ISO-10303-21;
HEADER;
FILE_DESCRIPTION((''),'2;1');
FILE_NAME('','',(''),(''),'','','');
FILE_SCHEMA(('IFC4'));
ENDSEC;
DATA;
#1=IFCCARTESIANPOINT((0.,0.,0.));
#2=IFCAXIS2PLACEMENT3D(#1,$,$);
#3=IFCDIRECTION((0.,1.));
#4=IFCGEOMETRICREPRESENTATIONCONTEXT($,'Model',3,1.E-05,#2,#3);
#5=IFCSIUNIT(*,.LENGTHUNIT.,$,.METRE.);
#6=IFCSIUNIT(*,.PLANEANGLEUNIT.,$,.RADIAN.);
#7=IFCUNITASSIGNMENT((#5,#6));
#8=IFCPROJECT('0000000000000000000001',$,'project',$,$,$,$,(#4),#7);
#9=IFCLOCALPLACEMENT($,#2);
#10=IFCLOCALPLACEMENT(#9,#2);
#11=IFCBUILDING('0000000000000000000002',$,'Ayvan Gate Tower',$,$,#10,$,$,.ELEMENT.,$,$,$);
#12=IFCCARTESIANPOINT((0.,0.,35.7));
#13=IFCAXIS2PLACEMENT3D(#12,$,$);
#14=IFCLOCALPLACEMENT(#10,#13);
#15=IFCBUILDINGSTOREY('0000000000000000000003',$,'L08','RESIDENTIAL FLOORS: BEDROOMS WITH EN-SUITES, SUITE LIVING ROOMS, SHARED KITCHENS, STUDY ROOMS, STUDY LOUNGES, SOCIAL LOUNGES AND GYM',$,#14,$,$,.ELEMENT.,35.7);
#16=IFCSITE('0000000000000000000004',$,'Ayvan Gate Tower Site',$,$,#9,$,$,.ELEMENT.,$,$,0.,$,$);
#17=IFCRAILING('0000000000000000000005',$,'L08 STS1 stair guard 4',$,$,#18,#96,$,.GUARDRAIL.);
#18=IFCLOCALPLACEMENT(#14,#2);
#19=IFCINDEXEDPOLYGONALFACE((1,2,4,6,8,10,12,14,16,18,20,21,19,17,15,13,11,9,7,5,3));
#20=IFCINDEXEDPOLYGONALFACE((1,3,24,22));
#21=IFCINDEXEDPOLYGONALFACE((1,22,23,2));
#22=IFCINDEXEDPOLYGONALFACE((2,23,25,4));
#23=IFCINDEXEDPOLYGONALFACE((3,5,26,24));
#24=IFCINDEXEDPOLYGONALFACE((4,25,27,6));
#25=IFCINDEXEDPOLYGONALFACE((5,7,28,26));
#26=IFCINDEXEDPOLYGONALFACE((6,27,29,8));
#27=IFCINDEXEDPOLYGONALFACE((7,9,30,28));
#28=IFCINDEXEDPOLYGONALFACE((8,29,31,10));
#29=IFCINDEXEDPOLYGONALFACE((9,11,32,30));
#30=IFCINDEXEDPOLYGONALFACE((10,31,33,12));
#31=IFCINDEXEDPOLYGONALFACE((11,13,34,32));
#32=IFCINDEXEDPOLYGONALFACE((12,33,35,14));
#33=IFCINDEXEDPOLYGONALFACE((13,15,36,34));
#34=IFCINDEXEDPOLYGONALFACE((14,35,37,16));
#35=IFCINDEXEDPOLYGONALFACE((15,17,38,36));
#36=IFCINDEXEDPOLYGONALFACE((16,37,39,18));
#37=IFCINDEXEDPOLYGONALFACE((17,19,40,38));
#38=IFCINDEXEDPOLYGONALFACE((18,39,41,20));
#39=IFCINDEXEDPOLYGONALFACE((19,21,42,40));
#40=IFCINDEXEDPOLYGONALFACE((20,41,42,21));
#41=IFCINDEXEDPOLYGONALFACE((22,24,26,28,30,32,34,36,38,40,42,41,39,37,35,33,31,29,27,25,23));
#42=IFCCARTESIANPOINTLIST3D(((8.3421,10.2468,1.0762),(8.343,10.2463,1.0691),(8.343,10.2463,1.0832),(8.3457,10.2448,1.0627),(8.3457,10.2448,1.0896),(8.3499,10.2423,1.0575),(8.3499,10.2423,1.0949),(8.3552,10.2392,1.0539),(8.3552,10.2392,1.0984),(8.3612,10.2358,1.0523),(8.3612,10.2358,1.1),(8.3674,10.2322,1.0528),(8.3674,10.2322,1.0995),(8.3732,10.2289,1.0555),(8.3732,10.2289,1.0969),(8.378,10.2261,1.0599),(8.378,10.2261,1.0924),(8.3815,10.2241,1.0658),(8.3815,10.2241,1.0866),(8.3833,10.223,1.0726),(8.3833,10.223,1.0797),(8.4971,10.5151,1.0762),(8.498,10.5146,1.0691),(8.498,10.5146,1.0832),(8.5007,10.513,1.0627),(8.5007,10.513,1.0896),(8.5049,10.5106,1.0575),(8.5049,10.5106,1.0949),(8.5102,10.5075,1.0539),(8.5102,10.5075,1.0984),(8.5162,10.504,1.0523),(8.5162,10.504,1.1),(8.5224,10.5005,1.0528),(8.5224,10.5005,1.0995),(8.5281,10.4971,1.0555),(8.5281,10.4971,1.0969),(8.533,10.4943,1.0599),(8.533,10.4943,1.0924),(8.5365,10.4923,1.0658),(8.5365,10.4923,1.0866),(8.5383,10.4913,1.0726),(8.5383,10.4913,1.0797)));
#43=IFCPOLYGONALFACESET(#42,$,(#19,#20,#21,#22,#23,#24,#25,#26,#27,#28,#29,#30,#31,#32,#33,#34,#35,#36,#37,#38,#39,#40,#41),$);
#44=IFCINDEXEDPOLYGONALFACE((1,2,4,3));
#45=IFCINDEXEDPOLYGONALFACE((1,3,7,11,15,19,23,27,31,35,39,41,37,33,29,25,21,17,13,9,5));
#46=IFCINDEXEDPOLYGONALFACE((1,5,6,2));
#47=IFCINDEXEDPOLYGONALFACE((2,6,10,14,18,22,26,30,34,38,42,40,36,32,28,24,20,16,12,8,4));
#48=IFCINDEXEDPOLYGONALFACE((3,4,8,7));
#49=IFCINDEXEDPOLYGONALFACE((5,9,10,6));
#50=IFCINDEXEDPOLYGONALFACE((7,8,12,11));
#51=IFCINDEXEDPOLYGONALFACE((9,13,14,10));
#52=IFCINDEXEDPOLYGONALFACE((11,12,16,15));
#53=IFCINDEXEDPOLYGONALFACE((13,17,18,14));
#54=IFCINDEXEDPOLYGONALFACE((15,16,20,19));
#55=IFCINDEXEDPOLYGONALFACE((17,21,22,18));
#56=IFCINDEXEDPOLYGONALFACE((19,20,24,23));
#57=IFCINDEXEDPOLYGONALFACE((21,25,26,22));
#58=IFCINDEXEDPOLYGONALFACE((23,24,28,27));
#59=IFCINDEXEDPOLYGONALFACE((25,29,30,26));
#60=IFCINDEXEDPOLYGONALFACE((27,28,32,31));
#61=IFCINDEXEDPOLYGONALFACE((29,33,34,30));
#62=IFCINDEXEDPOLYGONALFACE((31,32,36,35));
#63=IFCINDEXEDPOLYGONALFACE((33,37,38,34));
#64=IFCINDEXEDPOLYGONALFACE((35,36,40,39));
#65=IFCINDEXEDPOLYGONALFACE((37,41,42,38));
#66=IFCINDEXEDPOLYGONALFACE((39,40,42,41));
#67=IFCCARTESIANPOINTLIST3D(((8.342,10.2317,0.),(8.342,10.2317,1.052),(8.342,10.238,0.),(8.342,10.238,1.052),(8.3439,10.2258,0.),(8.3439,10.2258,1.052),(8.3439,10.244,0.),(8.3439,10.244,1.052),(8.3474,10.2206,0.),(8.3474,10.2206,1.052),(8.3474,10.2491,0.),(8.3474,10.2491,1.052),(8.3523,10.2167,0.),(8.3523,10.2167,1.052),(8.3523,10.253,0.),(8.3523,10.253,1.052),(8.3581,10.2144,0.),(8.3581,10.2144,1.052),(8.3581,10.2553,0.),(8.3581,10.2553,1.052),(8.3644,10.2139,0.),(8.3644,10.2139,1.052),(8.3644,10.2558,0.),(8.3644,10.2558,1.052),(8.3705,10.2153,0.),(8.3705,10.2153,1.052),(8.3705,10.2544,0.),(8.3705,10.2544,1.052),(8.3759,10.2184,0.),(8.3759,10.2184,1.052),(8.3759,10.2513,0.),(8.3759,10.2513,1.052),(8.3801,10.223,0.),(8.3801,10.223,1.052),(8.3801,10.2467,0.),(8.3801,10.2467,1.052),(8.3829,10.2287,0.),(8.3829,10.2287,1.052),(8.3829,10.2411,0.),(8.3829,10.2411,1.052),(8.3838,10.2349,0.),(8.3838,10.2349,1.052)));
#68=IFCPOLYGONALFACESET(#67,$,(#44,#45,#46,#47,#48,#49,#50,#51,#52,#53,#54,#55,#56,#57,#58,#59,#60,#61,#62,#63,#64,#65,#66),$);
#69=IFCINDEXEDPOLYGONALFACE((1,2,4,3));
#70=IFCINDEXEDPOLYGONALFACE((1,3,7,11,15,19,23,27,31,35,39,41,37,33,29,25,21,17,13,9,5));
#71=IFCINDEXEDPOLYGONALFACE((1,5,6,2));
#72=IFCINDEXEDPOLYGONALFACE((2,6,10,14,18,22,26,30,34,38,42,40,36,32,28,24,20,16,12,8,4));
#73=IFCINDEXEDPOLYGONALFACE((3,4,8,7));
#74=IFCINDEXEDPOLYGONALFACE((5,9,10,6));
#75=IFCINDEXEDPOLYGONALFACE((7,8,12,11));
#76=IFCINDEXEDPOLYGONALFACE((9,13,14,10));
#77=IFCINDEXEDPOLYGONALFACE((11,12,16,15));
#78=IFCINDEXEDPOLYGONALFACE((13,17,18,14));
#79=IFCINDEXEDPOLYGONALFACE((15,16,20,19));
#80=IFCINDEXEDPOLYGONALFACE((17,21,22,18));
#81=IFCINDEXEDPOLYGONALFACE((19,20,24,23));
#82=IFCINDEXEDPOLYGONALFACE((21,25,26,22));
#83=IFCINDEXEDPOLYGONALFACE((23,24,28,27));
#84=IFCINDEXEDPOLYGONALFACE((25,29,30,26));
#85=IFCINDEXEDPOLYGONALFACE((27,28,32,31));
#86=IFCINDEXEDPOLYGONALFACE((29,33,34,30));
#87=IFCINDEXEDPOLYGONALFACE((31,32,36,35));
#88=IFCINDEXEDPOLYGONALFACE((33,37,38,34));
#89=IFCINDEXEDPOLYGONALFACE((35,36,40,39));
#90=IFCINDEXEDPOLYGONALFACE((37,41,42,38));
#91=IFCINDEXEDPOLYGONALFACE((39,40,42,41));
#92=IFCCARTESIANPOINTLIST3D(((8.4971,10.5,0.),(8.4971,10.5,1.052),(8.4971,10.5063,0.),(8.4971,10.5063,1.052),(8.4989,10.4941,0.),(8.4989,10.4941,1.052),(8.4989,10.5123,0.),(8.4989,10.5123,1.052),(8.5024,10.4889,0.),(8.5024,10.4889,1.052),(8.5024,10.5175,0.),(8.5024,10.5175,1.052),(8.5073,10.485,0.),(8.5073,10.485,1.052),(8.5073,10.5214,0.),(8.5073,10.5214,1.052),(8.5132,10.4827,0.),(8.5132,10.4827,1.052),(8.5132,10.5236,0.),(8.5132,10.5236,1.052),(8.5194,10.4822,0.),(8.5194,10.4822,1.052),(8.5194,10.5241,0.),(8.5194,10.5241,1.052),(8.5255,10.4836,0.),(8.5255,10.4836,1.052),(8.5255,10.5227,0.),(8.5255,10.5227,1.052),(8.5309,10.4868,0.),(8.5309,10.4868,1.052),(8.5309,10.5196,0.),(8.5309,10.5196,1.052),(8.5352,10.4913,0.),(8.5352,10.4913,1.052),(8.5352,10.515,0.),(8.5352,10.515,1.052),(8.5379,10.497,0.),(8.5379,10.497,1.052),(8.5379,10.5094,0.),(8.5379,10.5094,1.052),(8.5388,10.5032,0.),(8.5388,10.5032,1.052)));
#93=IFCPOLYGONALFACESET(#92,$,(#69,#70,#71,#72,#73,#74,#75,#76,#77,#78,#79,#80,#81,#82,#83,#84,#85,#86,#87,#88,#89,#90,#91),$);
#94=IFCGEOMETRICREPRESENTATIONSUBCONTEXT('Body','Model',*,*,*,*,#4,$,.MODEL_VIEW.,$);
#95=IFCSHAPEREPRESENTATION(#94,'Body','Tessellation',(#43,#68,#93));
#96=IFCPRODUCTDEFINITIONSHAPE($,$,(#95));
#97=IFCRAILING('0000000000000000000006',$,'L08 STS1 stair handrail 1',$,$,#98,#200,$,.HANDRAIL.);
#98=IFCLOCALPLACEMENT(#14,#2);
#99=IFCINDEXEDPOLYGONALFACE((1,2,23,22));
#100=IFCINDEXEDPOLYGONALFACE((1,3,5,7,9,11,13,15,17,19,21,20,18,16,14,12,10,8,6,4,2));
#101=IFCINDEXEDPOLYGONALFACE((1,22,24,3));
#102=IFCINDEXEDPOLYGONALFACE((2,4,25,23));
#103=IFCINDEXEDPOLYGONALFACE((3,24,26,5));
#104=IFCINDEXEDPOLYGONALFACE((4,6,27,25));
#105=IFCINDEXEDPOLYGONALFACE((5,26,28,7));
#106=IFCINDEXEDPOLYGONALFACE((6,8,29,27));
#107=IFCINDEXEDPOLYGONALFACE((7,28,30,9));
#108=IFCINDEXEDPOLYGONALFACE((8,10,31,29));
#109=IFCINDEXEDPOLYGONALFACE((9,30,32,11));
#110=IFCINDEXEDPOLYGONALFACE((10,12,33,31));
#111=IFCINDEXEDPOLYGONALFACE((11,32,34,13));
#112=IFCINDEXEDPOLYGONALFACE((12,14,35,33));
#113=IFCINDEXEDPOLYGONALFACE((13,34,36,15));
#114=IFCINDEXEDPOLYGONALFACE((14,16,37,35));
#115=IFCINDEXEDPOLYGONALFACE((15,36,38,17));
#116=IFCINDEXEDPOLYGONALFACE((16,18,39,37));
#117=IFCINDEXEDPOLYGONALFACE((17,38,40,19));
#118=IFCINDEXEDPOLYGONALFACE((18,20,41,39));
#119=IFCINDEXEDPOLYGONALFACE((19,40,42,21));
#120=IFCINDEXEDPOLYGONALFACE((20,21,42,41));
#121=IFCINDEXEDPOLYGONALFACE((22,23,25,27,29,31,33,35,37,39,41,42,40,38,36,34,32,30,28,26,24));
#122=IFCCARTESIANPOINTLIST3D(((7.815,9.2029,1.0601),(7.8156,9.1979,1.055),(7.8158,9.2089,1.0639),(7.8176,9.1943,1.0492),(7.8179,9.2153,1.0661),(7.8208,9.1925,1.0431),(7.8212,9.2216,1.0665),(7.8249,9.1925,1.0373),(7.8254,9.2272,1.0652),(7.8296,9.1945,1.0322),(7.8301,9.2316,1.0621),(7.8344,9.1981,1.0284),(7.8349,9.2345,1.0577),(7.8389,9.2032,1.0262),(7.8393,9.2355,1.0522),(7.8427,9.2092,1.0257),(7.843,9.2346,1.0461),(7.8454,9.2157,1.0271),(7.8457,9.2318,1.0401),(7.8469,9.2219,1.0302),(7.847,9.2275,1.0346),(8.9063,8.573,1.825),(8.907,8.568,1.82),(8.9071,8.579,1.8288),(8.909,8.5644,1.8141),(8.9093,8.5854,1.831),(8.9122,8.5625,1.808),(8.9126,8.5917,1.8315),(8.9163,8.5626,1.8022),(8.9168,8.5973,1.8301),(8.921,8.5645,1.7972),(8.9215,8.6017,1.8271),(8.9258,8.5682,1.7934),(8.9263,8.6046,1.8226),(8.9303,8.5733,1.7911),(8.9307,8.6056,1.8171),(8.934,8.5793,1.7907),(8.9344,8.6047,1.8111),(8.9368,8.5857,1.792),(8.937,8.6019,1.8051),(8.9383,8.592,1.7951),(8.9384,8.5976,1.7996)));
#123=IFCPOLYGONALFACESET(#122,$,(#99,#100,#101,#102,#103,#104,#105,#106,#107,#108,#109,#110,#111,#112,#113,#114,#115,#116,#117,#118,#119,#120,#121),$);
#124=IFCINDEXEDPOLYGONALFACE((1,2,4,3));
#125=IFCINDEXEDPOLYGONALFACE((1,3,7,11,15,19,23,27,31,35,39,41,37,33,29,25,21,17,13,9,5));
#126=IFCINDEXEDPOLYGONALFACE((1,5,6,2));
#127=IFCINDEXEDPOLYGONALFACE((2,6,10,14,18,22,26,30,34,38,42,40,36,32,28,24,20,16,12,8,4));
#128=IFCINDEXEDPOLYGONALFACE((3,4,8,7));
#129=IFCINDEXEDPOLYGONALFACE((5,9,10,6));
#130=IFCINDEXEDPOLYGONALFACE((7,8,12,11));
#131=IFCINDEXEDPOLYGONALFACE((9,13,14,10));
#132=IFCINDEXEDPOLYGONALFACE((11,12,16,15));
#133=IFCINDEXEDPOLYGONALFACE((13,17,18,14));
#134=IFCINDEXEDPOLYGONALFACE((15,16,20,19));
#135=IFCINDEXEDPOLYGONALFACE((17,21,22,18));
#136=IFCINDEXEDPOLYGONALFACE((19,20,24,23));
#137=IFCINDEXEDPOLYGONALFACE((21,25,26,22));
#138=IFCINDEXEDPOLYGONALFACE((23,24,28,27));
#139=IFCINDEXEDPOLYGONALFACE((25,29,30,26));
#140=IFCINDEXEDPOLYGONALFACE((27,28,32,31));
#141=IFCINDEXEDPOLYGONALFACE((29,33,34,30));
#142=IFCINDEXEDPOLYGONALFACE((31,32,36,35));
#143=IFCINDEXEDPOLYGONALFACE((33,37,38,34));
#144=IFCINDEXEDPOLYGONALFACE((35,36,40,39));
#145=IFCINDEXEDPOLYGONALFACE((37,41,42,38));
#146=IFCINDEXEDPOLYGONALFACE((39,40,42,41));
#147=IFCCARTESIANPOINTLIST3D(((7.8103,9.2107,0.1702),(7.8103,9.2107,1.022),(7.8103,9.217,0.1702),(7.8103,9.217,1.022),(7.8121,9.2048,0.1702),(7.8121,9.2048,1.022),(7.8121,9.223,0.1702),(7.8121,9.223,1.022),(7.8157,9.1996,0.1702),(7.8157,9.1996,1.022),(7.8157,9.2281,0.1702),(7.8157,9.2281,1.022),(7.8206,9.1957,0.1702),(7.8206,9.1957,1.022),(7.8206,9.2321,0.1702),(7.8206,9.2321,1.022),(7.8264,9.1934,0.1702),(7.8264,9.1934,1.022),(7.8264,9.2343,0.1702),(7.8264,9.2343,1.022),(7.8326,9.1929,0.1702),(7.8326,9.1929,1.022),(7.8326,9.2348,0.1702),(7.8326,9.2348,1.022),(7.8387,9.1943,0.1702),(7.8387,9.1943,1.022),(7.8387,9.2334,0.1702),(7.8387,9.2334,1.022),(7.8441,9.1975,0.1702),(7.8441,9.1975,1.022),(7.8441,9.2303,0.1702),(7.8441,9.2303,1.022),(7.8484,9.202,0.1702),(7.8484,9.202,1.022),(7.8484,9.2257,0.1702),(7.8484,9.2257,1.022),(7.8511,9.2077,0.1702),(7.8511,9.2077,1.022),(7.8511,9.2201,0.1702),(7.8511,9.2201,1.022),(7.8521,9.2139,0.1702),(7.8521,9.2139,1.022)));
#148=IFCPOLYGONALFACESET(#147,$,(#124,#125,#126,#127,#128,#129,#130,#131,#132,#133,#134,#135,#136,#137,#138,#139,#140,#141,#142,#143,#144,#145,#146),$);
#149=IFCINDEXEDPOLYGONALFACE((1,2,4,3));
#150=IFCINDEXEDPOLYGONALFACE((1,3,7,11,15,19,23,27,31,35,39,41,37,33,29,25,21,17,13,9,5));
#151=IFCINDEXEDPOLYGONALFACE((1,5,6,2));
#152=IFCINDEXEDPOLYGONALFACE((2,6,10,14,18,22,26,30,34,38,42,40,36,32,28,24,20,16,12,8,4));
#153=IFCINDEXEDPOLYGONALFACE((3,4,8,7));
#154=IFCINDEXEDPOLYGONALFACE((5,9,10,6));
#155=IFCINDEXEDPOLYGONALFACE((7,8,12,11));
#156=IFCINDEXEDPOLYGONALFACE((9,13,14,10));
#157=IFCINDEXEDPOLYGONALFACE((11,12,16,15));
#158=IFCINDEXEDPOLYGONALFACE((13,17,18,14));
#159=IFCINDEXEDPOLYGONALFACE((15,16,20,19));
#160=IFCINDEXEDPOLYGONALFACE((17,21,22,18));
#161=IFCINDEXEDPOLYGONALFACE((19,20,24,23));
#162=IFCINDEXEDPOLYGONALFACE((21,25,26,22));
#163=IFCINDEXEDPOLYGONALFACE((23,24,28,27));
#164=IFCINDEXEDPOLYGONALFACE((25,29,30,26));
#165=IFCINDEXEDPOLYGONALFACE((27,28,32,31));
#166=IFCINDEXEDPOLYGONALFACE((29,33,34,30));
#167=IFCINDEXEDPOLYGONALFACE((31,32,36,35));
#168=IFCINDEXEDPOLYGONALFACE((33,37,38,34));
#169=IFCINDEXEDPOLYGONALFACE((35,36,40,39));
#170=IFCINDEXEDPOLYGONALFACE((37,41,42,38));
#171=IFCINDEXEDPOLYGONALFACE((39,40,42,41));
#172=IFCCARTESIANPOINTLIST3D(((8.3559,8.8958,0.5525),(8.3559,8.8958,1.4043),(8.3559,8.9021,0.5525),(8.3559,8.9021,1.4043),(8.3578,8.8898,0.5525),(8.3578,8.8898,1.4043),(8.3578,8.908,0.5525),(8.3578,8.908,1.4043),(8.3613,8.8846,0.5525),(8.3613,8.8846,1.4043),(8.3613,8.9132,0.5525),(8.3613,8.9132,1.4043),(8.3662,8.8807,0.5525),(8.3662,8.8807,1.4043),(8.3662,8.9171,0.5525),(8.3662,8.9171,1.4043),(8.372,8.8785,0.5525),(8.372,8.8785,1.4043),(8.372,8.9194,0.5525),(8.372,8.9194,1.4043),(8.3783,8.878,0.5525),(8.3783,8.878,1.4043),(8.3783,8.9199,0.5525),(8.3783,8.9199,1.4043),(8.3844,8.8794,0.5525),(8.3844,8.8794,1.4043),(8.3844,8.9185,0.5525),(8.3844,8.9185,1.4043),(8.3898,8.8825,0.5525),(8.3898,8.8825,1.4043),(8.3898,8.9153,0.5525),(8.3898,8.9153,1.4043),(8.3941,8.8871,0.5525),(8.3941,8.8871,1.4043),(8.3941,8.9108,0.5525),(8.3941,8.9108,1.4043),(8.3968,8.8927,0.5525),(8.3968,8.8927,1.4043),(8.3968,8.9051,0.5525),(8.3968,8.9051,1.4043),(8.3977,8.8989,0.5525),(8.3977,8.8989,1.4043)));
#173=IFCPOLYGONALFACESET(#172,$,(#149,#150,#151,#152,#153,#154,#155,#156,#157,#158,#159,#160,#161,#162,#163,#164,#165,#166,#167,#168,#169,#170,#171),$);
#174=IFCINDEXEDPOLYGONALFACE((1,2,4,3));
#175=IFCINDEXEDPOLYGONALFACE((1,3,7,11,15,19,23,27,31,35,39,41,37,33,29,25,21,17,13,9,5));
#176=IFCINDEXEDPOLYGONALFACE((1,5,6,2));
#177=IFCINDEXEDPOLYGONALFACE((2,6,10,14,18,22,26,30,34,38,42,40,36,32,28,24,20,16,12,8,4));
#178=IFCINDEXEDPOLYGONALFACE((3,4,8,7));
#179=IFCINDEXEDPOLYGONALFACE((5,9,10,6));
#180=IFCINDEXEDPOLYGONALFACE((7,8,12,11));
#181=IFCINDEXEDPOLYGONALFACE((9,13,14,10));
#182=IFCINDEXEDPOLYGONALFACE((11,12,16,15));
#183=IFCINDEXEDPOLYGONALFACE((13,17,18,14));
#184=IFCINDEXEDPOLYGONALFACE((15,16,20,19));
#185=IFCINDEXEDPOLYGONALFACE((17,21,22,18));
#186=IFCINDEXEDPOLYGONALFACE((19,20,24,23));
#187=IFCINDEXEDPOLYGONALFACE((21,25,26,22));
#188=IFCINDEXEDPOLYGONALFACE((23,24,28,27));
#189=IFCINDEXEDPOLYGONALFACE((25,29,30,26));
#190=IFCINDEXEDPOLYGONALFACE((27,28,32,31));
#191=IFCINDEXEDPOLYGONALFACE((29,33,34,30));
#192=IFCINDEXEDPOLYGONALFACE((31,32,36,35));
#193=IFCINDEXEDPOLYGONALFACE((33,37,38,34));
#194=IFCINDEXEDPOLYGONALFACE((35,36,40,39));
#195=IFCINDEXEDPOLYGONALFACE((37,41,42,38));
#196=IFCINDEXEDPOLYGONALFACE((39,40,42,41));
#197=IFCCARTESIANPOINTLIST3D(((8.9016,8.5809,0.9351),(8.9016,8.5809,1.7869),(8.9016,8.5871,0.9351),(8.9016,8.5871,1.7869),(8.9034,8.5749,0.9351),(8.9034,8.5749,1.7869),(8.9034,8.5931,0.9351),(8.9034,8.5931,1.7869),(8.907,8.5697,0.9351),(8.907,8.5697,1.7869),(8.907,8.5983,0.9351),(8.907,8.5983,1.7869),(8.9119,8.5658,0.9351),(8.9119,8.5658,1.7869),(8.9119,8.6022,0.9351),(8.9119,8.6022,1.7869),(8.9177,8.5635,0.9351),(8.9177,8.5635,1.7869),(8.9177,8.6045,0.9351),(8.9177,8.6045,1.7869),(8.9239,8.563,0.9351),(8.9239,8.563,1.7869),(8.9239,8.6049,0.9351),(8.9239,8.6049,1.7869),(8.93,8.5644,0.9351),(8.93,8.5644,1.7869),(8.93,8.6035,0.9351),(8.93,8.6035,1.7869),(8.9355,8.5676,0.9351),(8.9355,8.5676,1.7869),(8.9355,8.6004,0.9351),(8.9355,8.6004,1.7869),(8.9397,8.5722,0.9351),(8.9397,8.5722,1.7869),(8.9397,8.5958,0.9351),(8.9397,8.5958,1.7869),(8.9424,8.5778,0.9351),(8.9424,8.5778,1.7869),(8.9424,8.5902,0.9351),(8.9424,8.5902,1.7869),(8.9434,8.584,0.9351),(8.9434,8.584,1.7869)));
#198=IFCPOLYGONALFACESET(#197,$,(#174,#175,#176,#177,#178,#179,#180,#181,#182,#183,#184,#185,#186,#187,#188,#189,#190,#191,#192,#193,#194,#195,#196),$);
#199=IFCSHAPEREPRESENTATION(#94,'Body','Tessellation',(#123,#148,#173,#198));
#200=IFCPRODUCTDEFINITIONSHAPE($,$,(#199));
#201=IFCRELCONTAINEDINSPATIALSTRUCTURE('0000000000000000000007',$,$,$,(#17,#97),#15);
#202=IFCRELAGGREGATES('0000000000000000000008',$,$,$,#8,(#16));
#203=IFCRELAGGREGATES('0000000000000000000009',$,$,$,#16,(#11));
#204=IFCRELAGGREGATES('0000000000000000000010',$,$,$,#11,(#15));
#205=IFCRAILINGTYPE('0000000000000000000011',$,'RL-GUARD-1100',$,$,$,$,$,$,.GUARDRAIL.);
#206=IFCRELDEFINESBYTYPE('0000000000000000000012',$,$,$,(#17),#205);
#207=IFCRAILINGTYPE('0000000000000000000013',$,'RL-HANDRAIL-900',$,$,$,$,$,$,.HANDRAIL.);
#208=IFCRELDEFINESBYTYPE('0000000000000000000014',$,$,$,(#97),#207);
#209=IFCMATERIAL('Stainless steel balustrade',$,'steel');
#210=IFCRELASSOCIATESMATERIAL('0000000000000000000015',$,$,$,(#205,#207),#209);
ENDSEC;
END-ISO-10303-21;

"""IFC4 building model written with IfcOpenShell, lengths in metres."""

from ifc_helpers import new_model, si_unit, direction, frame, origin, origin_2d, place, context, subcontext, project, spatial, circle, extrude, material, type_object, element, save


model = new_model("IFC4")

# Units and contexts
model_context = context("Model", 3, precision=1e-05, world=origin(), true_north=direction((0.0, 1.0)))
body_context = subcontext(model_context, "Body", "Model", "MODEL_VIEW")
ifc_project = project(units=[si_unit("LENGTHUNIT", "METRE"), si_unit("PLANEANGLEUNIT", "RADIAN")], contexts=[model_context])

# Site, building, storey
site_placement = place(None, origin())
site = spatial("IfcSite", under=ifc_project, at=site_placement, Name="Ayvan Gate Tower Site", CompositionType="ELEMENT", RefElevation=0.0)
building_placement = place(site_placement, origin())
building = spatial("IfcBuilding", under=site, at=building_placement, Name="Ayvan Gate Tower", CompositionType="ELEMENT")
storey_placement = place(building_placement, frame((0.0, 0.0, 35.7)))
storey = spatial("IfcBuildingStorey", under=building, at=storey_placement, Name="L08", Description="RESIDENTIAL FLOORS: BEDROOMS WITH EN-SUITES, SUITE LIVING ROOMS, SHARED KITCHENS, STUDY ROOMS, STUDY LOUNGES, SOCIAL LOUNGES AND GYM", CompositionType="ELEMENT", Elevation=35.7)

# Railings
ifc_material_1 = material(Name="Stainless steel balustrade", Category="steel")
railing_type_1 = type_object("IfcRailingType", Name="RL-GUARD-1100", PredefinedType="GUARDRAIL", material=ifc_material_1)
railing_1_placement = place(storey_placement, frame((8.3628, 10.2349, 0.0)))
element("IfcRailing", 1, at=railing_1_placement, inside=storey, type_object=railing_type_1, Name="L08 STS1 stair guard 4", PredefinedType="GUARDRAIL", context=body_context, shape_type="SweptSolid", body=[
    extrude(circle(Radius=0.0239, at=origin_2d()), frame((0.0, 0.0, 1.0762), z_axis=(0.500291, 0.865857, 0.0), x_axis=(-0.865857, 0.500291, 0.0)), (0.0, 0.0, 1.0), 0.3098),
    extrude(circle(Radius=0.021, at=origin_2d()), origin(), (0.0, 0.0, 1.0), 1.052),
    extrude(circle(Radius=0.021, at=origin_2d()), frame((0.155, 0.2683, 0.0)), (0.0, 0.0, 1.0), 1.052),
])
railing_type_2 = type_object("IfcRailingType", Name="RL-HANDRAIL-900", PredefinedType="HANDRAIL", material=ifc_material_1)
railing_2_placement = place(storey_placement, frame((7.8311, 9.2139, 0.1702)))
element("IfcRailing", 2, at=railing_2_placement, inside=storey, type_object=railing_type_2, Name="L08 STS1 stair handrail 1", PredefinedType="HANDRAIL", context=body_context, shape_type="SweptSolid", body=[
    extrude(circle(Radius=0.0239, at=origin_2d()), frame((0.0, 0.0, 0.876), z_axis=(0.740357, -0.42732, 0.518912), x_axis=(0.49989, 0.866089, 0.0)), (0.0, 0.0, 1.0), 1.4741),
    extrude(circle(Radius=0.021, at=origin_2d()), origin(), (0.0, 0.0, 1.0), 0.8518),
    extrude(circle(Radius=0.021, at=origin_2d()), frame((0.5457, -0.3149, 0.3823)), (0.0, 0.0, 1.0), 0.8518),
    extrude(circle(Radius=0.021, at=origin_2d()), frame((1.0913, -0.6299, 0.7649)), (0.0, 0.0, 1.0), 0.8518),
])

save(model, "model.ifc")
